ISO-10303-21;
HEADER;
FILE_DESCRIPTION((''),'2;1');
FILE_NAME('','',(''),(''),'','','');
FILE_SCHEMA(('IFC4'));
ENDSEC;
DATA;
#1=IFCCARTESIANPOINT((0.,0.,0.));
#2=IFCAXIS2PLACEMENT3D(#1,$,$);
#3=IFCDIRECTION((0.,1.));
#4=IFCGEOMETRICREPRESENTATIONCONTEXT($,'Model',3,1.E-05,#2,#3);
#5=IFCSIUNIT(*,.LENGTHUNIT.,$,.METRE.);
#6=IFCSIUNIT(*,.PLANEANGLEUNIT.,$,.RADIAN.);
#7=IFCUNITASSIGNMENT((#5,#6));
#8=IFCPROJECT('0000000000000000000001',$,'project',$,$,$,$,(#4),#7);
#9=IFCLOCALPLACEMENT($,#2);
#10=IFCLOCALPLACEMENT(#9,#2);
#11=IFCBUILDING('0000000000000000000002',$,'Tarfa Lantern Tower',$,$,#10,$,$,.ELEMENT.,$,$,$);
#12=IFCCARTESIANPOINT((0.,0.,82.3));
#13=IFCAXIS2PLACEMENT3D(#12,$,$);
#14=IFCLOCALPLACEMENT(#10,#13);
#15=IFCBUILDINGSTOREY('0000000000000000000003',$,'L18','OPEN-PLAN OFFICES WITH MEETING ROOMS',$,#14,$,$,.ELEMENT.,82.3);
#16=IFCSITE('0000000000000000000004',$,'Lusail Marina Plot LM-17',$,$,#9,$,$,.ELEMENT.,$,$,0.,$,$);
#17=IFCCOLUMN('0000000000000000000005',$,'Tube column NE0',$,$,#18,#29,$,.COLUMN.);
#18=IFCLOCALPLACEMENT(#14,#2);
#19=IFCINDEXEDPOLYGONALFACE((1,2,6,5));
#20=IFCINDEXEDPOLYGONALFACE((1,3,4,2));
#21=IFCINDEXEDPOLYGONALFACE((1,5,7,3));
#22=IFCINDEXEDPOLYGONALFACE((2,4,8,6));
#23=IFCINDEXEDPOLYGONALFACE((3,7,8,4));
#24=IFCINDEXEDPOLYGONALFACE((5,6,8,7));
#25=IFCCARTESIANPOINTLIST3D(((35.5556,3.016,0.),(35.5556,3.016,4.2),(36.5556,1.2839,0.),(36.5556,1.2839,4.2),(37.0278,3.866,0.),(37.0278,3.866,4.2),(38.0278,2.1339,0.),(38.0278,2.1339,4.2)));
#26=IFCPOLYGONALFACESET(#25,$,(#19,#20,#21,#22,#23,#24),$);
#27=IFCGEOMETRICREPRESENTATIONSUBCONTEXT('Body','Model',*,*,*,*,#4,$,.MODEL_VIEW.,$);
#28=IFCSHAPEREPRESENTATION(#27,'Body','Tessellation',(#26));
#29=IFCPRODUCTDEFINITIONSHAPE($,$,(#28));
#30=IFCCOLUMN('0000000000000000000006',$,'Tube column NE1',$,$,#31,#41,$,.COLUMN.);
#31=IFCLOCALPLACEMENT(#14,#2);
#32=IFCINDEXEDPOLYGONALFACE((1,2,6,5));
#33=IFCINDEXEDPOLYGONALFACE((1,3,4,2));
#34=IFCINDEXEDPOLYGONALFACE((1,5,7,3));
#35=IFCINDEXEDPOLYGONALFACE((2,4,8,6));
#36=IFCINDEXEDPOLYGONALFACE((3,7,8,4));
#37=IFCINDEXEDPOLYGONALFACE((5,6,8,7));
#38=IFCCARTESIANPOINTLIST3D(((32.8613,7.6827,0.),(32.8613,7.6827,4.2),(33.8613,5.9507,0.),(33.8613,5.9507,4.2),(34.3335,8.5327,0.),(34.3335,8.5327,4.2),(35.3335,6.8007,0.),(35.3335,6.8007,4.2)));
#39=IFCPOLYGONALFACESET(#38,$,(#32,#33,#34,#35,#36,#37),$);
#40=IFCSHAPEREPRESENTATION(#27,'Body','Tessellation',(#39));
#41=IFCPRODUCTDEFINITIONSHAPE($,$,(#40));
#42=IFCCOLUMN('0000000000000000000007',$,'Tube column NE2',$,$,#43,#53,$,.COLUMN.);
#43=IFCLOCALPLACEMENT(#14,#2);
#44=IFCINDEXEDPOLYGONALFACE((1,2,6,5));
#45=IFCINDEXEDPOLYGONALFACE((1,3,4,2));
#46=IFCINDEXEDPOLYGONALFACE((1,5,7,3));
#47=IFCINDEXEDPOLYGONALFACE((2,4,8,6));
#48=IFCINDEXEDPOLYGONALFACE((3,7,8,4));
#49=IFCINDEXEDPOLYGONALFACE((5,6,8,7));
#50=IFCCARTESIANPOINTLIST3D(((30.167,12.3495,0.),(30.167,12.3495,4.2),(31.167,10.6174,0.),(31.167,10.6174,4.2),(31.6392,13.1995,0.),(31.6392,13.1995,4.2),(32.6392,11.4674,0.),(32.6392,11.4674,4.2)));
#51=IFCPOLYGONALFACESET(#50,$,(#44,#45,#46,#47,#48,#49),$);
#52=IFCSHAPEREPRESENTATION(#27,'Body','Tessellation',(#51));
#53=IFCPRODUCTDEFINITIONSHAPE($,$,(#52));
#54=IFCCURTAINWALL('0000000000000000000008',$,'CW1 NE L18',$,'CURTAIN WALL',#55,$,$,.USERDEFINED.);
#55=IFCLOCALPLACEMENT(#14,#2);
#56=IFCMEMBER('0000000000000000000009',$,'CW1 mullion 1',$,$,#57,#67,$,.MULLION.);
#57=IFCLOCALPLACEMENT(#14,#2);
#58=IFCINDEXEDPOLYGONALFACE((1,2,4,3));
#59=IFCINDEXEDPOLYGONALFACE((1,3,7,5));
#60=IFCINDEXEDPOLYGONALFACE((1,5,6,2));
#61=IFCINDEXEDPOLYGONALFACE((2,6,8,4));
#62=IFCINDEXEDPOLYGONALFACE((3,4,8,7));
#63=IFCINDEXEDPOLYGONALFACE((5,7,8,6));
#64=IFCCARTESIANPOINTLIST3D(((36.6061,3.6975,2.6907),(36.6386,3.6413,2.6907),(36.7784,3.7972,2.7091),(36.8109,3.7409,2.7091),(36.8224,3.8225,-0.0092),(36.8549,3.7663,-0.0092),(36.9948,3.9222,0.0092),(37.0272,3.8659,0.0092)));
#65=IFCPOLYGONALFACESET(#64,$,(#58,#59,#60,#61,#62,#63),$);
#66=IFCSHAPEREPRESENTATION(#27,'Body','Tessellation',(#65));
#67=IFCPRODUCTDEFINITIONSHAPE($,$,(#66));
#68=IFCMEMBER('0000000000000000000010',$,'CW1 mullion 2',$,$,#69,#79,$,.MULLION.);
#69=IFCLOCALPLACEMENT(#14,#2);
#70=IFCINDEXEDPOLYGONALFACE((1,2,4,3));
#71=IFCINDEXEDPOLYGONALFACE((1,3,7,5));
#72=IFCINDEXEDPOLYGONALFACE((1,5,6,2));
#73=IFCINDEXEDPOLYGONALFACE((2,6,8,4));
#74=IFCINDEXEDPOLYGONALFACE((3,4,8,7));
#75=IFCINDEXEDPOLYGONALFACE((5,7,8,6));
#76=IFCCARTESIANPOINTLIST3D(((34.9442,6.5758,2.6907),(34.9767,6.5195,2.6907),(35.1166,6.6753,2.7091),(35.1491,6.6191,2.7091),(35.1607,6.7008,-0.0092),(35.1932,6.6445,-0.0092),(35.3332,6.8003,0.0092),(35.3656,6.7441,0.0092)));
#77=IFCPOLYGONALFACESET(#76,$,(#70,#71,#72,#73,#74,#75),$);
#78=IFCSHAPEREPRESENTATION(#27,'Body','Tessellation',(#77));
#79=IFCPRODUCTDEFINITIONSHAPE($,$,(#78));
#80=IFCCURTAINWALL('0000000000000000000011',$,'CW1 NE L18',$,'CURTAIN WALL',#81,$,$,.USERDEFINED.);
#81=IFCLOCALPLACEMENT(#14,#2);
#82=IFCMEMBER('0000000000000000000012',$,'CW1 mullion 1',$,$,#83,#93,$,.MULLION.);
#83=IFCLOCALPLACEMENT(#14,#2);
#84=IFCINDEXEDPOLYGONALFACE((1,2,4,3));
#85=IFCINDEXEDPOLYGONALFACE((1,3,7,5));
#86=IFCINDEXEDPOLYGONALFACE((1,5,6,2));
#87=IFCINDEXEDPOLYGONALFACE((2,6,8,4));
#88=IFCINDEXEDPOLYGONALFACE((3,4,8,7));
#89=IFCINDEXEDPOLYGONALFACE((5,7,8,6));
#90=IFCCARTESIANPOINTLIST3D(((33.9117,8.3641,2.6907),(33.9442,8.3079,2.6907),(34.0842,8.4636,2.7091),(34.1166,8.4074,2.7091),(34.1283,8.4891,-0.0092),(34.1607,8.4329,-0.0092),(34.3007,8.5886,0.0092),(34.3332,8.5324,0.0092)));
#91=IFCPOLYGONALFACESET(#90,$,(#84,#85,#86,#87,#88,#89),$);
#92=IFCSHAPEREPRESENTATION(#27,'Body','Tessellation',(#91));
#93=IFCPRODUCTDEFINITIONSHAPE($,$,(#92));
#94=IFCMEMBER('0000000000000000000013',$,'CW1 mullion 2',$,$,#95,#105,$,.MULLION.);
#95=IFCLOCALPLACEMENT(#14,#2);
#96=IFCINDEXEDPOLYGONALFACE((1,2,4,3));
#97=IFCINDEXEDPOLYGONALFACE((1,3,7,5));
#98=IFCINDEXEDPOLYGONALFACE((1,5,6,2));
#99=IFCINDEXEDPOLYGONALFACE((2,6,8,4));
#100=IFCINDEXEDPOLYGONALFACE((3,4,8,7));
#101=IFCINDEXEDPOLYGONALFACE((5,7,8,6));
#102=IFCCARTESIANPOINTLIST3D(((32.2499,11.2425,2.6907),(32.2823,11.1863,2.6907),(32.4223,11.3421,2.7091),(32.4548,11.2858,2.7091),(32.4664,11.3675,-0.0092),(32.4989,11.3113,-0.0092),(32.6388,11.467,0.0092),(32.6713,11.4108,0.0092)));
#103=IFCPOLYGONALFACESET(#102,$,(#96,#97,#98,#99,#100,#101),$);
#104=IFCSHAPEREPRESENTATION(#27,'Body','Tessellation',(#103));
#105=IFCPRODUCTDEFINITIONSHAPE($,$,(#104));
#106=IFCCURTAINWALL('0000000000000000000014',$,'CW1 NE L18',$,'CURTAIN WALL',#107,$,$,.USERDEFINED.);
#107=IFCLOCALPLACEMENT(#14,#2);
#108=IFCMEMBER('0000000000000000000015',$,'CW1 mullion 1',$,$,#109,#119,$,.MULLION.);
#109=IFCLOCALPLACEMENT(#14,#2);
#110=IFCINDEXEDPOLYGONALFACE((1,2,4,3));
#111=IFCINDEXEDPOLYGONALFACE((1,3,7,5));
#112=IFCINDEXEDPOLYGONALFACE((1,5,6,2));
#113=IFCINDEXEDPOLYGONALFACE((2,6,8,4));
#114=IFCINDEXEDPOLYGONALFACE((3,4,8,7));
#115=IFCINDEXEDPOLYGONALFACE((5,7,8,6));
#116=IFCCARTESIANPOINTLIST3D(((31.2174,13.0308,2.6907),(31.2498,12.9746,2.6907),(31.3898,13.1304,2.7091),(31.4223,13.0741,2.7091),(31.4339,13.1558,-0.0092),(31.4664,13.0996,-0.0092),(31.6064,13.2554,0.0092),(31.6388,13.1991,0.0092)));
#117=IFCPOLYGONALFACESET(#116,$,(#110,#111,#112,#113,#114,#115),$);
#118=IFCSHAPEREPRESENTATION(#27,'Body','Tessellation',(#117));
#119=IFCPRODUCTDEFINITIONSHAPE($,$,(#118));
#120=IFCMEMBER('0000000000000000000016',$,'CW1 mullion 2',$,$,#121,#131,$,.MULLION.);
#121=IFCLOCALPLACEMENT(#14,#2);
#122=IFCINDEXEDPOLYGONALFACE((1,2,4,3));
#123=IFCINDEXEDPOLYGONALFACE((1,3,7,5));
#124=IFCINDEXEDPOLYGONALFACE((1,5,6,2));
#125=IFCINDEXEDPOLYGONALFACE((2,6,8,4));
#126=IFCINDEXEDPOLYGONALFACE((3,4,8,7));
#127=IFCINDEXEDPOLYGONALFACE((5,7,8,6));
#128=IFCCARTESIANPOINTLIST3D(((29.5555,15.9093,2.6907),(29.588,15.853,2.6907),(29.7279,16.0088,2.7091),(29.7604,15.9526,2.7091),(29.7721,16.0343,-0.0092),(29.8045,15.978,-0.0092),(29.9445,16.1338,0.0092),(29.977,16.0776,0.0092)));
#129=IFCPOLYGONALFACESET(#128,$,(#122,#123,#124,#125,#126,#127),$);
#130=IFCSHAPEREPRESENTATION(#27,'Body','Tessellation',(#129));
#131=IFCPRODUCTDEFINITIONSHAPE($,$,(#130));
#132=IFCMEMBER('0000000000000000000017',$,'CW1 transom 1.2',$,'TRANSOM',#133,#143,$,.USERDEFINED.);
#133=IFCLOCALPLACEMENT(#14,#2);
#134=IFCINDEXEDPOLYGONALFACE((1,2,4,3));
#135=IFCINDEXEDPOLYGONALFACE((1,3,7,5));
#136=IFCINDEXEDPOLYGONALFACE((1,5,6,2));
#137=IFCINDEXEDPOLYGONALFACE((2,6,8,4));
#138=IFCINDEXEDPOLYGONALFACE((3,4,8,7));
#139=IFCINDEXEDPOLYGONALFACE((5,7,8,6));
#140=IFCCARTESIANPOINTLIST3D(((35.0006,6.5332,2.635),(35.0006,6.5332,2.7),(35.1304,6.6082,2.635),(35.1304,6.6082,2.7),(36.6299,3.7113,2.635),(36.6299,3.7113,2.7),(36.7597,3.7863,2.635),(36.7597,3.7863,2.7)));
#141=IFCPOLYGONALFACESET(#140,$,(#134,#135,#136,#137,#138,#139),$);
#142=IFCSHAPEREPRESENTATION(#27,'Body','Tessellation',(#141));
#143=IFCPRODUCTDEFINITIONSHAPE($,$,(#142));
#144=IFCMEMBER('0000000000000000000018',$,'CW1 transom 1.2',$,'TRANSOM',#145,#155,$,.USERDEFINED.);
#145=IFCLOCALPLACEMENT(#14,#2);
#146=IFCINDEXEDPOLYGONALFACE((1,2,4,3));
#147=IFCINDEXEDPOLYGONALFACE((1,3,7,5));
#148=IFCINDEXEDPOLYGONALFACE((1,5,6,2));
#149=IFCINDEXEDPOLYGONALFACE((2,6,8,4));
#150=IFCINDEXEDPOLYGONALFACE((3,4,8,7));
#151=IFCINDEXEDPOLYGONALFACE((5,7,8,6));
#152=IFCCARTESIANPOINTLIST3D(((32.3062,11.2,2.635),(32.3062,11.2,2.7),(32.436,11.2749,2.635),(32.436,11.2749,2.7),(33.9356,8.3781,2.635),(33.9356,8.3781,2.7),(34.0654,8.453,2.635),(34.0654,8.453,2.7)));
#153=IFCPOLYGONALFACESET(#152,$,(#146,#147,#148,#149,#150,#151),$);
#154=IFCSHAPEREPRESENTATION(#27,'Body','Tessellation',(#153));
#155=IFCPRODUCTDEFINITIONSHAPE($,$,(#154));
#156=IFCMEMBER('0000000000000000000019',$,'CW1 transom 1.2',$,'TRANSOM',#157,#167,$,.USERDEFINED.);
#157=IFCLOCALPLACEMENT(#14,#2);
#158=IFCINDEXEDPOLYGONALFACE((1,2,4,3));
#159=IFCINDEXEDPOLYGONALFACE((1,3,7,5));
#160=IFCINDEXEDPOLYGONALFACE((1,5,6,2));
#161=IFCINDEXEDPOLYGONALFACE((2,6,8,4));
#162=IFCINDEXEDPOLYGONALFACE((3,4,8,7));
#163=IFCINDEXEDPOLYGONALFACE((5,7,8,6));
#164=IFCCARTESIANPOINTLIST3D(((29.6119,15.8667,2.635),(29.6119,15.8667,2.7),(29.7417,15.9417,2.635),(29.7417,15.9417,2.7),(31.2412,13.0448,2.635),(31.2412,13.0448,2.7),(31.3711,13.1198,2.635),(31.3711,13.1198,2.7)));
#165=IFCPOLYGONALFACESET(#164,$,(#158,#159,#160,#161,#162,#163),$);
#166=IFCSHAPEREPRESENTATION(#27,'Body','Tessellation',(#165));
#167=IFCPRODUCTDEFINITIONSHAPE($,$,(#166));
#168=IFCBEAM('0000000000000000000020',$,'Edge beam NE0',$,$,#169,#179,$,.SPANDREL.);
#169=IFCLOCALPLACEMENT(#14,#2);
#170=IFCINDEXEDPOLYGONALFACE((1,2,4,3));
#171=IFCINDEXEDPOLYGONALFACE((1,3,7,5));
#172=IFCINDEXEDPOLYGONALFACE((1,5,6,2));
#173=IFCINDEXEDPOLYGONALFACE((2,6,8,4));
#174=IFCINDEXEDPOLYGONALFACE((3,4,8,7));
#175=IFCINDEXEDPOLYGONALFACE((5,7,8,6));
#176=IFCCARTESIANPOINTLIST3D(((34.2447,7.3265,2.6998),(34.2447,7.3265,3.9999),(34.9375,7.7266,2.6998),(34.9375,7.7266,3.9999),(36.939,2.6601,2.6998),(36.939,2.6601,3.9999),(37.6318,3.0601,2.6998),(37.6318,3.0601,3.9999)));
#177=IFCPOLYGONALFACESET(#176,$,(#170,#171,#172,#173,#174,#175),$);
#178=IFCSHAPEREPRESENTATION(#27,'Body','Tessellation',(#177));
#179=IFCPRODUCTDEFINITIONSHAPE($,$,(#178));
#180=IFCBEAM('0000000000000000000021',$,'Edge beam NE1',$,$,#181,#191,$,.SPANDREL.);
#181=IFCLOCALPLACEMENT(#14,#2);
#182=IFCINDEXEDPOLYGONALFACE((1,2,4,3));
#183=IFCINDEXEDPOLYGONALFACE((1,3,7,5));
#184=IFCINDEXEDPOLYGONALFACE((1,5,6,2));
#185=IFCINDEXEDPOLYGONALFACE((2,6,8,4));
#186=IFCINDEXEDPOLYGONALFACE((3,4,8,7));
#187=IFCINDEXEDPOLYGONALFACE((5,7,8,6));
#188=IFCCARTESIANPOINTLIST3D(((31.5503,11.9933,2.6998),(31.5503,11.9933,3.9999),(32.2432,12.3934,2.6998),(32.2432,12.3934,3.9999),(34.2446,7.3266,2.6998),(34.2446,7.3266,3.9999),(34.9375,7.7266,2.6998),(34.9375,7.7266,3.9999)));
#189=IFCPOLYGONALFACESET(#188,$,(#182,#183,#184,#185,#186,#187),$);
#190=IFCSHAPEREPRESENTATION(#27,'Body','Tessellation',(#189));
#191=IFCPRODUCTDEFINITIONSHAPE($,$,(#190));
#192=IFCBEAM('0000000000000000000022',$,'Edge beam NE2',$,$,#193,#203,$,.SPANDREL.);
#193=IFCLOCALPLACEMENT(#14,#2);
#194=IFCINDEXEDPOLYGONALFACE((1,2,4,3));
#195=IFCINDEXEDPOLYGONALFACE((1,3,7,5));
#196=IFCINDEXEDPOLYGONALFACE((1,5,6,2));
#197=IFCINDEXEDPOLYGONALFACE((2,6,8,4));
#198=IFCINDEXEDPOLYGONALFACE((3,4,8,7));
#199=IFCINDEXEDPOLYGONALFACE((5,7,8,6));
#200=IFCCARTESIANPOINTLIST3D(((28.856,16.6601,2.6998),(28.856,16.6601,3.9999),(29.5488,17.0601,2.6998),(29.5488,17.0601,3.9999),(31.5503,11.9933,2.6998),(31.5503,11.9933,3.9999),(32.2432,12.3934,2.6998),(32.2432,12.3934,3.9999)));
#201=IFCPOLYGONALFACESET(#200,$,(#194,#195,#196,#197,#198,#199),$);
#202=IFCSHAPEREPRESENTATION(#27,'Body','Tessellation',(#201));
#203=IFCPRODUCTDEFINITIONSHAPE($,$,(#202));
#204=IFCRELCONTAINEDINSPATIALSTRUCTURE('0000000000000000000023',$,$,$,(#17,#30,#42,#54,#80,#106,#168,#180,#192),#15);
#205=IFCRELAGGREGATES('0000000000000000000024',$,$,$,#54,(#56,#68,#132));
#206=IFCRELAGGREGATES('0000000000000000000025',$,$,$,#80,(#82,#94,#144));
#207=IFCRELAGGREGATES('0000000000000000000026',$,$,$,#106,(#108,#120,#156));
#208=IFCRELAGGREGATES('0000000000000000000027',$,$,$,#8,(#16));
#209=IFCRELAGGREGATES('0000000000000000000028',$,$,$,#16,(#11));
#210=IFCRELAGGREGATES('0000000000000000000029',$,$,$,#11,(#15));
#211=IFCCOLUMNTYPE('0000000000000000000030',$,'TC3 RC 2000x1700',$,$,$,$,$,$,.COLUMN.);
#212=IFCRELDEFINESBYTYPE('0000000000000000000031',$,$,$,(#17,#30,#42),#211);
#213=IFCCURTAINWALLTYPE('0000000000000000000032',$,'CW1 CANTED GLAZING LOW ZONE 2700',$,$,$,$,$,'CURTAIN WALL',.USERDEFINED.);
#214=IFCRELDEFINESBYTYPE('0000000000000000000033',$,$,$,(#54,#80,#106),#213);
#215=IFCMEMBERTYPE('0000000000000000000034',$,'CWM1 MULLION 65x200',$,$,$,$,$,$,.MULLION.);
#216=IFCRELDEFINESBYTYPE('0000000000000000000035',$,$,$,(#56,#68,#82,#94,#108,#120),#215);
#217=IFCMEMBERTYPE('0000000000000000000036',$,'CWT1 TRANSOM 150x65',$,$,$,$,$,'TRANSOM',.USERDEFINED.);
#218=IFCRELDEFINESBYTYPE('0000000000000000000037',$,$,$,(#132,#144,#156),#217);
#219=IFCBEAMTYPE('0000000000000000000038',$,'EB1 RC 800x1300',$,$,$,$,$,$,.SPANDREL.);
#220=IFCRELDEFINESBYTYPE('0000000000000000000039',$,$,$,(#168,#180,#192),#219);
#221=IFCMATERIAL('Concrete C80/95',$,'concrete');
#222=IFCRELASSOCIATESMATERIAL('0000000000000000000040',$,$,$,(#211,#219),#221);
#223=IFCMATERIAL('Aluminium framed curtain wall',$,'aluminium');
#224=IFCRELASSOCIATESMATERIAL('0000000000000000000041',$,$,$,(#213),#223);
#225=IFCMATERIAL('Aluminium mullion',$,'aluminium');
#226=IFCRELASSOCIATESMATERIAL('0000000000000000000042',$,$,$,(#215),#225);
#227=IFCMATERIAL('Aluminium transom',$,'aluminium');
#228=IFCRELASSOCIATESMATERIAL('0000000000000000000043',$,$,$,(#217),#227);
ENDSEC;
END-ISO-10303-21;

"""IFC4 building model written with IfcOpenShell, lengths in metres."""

from ifc_helpers import new_model, si_unit, direction, frame, origin, origin_2d, place, context, subcontext, project, spatial, rectangle, extrude, material, material_profile, profile_set, type_object, element, aggregate, save


model = new_model("IFC4")

# Units and contexts
model_context = context("Model", 3, precision=1e-05, world=origin(), true_north=direction((0.0, 1.0)))
body_context = subcontext(model_context, "Body", "Model", "MODEL_VIEW")
ifc_project = project(units=[si_unit("LENGTHUNIT", "METRE"), si_unit("PLANEANGLEUNIT", "RADIAN")], contexts=[model_context])

# Site, building, storey
site_placement = place(None, origin())
site = spatial("IfcSite", under=ifc_project, at=site_placement, Name="Lusail Marina Plot LM-17", CompositionType="ELEMENT", RefElevation=0.0)
building_placement = place(site_placement, origin())
building = spatial("IfcBuilding", under=site, at=building_placement, Name="Tarfa Lantern Tower", CompositionType="ELEMENT")
storey_placement = place(building_placement, frame((0.0, 0.0, 82.3)))
storey = spatial("IfcBuildingStorey", under=building, at=storey_placement, Name="L18", Description="OPEN-PLAN OFFICES WITH MEETING ROOMS", CompositionType="ELEMENT", Elevation=82.3)

# Columns
ifc_material_1 = material(Name="Concrete C80/95", Category="concrete")
ifc_material_profile_1 = material_profile(ifc_material_1, rectangle(XDim=2.0, YDim=1.7, at=origin_2d()), Name="RC 2000x1700")
ifc_profile_set_1 = profile_set([ifc_material_profile_1], Name="Concrete C80/95")
column_type = type_object("IfcColumnType", Name="TC3 RC 2000x1700", PredefinedType="COLUMN", material=ifc_profile_set_1)
for number, where, z_axis, x_axis, name in (
    (1, (36.7917, 2.575, 0.0), (0.0, 0.0, 1.0), (-0.5, 0.866025, 0.0), "Tube column NE0"),
    (2, (34.0974, 7.2417, 0.0), (0.0, 0.0, 1.0), (-0.5, 0.866025, 0.0), "Tube column NE1"),
    (3, (31.4031, 11.9084, 0.0), (0.0, 0.0, 1.0), (-0.5, 0.866025, 0.0), "Tube column NE2"),
):
    element("IfcColumn", number, at=place(storey_placement, frame(where, z_axis=z_axis, x_axis=x_axis)), inside=storey, type_object=column_type, Name=name, PredefinedType="COLUMN", context=body_context, shape_type="SweptSolid", body=[
        extrude(rectangle(XDim=2.0, YDim=1.7, at=origin_2d()), origin(), (0.0, 0.0, 1.0), 4.2),
    ])

# Curtain walls, members
ifc_material_2 = material(Name="Aluminium framed curtain wall", Category="aluminium")
curtain_wall_type = type_object("IfcCurtainWallType", Name="CW1 CANTED GLAZING LOW ZONE 2700", ElementType="CURTAIN WALL", PredefinedType="USERDEFINED", material=ifc_material_2)
curtain_wall_1_placement = place(storey_placement, origin())
curtain_wall_1 = element("IfcCurtainWall", 4, at=curtain_wall_1_placement, inside=storey, type_object=curtain_wall_type, Name="CW1 NE L18", ObjectType="CURTAIN WALL", PredefinedType="USERDEFINED")
ifc_material_3 = material(Name="Aluminium mullion", Category="aluminium")
ifc_material_profile_2 = material_profile(ifc_material_3, rectangle(XDim=0.0649, YDim=0.2, at=origin_2d()), Name="AL MULLION 65x200")
ifc_profile_set_2 = profile_set([ifc_material_profile_2], Name="Aluminium mullion")
member_type_1 = type_object("IfcMemberType", Name="CWM1 MULLION 65x200", PredefinedType="MULLION", material=ifc_profile_set_2)
member_1_placement = place(storey_placement, frame((36.9248, 3.8442, 0.0), z_axis=(-0.079775, -0.0461, 0.995746), x_axis=(0.500343, -0.865827, 0.0)))
member_1 = element("IfcMember", 5, at=member_1_placement, type_object=member_type_1, Name="CW1 mullion 1", PredefinedType="MULLION", context=body_context, shape_type="SweptSolid", body=[
    extrude(rectangle(XDim=0.0649, YDim=0.2, at=origin_2d()), origin(), (0.0, 0.0, 1.0), 2.7114),
])
member_2_placement = place(storey_placement, frame((35.2632, 6.7224, 0.0), z_axis=(-0.079864, -0.0461, 0.995739), x_axis=(0.49992, -0.866072, 0.0)))
member_2 = element("IfcMember", 6, at=member_2_placement, type_object=member_type_1, Name="CW1 mullion 2", PredefinedType="MULLION", context=body_context, shape_type="SweptSolid", body=[
    extrude(rectangle(XDim=0.0649, YDim=0.2, at=origin_2d()), origin(), (0.0, 0.0, 1.0), 2.7114),
])
curtain_wall_2_placement = place(storey_placement, origin())
curtain_wall_2 = element("IfcCurtainWall", 7, at=curtain_wall_2_placement, inside=storey, type_object=curtain_wall_type, Name="CW1 NE L18", ObjectType="CURTAIN WALL", PredefinedType="USERDEFINED")
member_3_placement = place(storey_placement, frame((34.2307, 8.5107, 0.0), z_axis=(-0.079864, -0.0461, 0.995739), x_axis=(0.49992, -0.866072, 0.0)))
member_3 = element("IfcMember", 8, at=member_3_placement, type_object=member_type_1, Name="CW1 mullion 1", PredefinedType="MULLION", context=body_context, shape_type="SweptSolid", body=[
    extrude(rectangle(XDim=0.0649, YDim=0.2, at=origin_2d()), origin(), (0.0, 0.0, 1.0), 2.7114),
])
member_4_placement = place(storey_placement, frame((32.5688, 11.3892, 0.0), z_axis=(-0.079864, -0.0461, 0.995739), x_axis=(0.49992, -0.866072, 0.0)))
member_4 = element("IfcMember", 9, at=member_4_placement, type_object=member_type_1, Name="CW1 mullion 2", PredefinedType="MULLION", context=body_context, shape_type="SweptSolid", body=[
    extrude(rectangle(XDim=0.0649, YDim=0.2, at=origin_2d()), origin(), (0.0, 0.0, 1.0), 2.7114),
])
curtain_wall_3_placement = place(storey_placement, origin())
curtain_wall_3 = element("IfcCurtainWall", 10, at=curtain_wall_3_placement, inside=storey, type_object=curtain_wall_type, Name="CW1 NE L18", ObjectType="CURTAIN WALL", PredefinedType="USERDEFINED")
member_5_placement = place(storey_placement, frame((31.5364, 13.1775, 0.0), z_axis=(-0.079864, -0.0461, 0.995739), x_axis=(0.49992, -0.866072, 0.0)))
member_5 = element("IfcMember", 11, at=member_5_placement, type_object=member_type_1, Name="CW1 mullion 1", PredefinedType="MULLION", context=body_context, shape_type="SweptSolid", body=[
    extrude(rectangle(XDim=0.0649, YDim=0.2, at=origin_2d()), origin(), (0.0, 0.0, 1.0), 2.7114),
])
member_6_placement = place(storey_placement, frame((29.8745, 16.0559, 0.0), z_axis=(-0.079864, -0.0461, 0.995739), x_axis=(0.49992, -0.866072, 0.0)))
member_6 = element("IfcMember", 12, at=member_6_placement, type_object=member_type_1, Name="CW1 mullion 2", PredefinedType="MULLION", context=body_context, shape_type="SweptSolid", body=[
    extrude(rectangle(XDim=0.0649, YDim=0.2, at=origin_2d()), origin(), (0.0, 0.0, 1.0), 2.7114),
])

# Members
ifc_material_4 = material(Name="Aluminium transom", Category="aluminium")
ifc_material_profile_3 = material_profile(ifc_material_4, rectangle(XDim=0.1499, YDim=0.0649, at=origin_2d()), Name="AL TRANSOM 150x65")
ifc_profile_set_3 = profile_set([ifc_material_profile_3], Name="Aluminium transom")
member_type_2 = type_object("IfcMemberType", Name="CWT1 TRANSOM 150x65", ElementType="TRANSOM", PredefinedType="USERDEFINED", material=ifc_profile_set_3)
member_7_placement = place(storey_placement, frame((36.6948, 3.7488, 2.6675), z_axis=(-0.500023, 0.866012, 0.0), x_axis=(-0.866012, -0.500023, 0.0)))
member_7 = element("IfcMember", 13, at=member_7_placement, type_object=member_type_2, Name="CW1 transom 1.2", ObjectType="TRANSOM", PredefinedType="USERDEFINED", context=body_context, shape_type="SweptSolid", body=[
    extrude(rectangle(XDim=0.1499, YDim=0.0649, at=origin_2d()), origin(), (0.0, 0.0, 1.0), 3.2585),
])
member_8_placement = place(storey_placement, frame((34.0005, 8.4155, 2.6675), z_axis=(-0.500023, 0.866012, 0.0), x_axis=(-0.866012, -0.500023, 0.0)))
member_8 = element("IfcMember", 14, at=member_8_placement, type_object=member_type_2, Name="CW1 transom 1.2", ObjectType="TRANSOM", PredefinedType="USERDEFINED", context=body_context, shape_type="SweptSolid", body=[
    extrude(rectangle(XDim=0.1499, YDim=0.0649, at=origin_2d()), origin(), (0.0, 0.0, 1.0), 3.2585),
])
member_9_placement = place(storey_placement, frame((31.3062, 13.0823, 2.6675), z_axis=(-0.500023, 0.866012, 0.0), x_axis=(-0.866012, -0.500023, 0.0)))
member_9 = element("IfcMember", 15, at=member_9_placement, type_object=member_type_2, Name="CW1 transom 1.2", ObjectType="TRANSOM", PredefinedType="USERDEFINED", context=body_context, shape_type="SweptSolid", body=[
    extrude(rectangle(XDim=0.1499, YDim=0.0649, at=origin_2d()), origin(), (0.0, 0.0, 1.0), 3.2585),
])

# Beams
ifc_material_profile_4 = material_profile(ifc_material_1, rectangle(XDim=0.8, YDim=1.3, at=origin_2d()), Name="RC 800x1300")
ifc_profile_set_4 = profile_set([ifc_material_profile_4], Name="Concrete C80/95")
beam_type_1 = type_object("IfcBeamType", Name="EB1 RC 800x1300", PredefinedType="SPANDREL", material=ifc_profile_set_4)
beam_1_placement = place(storey_placement, frame((37.2854, 2.8601, 3.3499), z_axis=(-0.500018, 0.866015, 0.0), x_axis=(-0.866015, -0.500018, 0.0)))
element("IfcBeam", 16, at=beam_1_placement, inside=storey, type_object=beam_type_1, Name="Edge beam NE0", PredefinedType="SPANDREL", context=body_context, shape_type="SweptSolid", body=[
    extrude(rectangle(XDim=0.8, YDim=1.3, at=origin_2d()), origin(), (0.0, 0.0, 1.0), 5.3884),
])
for number, where, z_axis, x_axis, name in (
    (17, (34.5911, 7.5266, 3.3499), (-0.499998, 0.866026, 0.0), (-0.866026, -0.499998, 0.0), "Edge beam NE1"),
    (18, (31.8967, 12.1934, 3.3499), (-0.499998, 0.866026, 0.0), (-0.866026, -0.499998, 0.0), "Edge beam NE2"),
):
    element("IfcBeam", number, at=place(storey_placement, frame(where, z_axis=z_axis, x_axis=x_axis)), inside=storey, type_object=beam_type_1, Name=name, PredefinedType="SPANDREL", context=body_context, shape_type="SweptSolid", body=[
        extrude(rectangle(XDim=0.8, YDim=1.3, at=origin_2d()), origin(), (0.0, 0.0, 1.0), 5.3887),
    ])

aggregate(curtain_wall_1, [member_1, member_2, member_7])
aggregate(curtain_wall_2, [member_3, member_4, member_8])
aggregate(curtain_wall_3, [member_5, member_6, member_9])

save(model, "model.ifc")
